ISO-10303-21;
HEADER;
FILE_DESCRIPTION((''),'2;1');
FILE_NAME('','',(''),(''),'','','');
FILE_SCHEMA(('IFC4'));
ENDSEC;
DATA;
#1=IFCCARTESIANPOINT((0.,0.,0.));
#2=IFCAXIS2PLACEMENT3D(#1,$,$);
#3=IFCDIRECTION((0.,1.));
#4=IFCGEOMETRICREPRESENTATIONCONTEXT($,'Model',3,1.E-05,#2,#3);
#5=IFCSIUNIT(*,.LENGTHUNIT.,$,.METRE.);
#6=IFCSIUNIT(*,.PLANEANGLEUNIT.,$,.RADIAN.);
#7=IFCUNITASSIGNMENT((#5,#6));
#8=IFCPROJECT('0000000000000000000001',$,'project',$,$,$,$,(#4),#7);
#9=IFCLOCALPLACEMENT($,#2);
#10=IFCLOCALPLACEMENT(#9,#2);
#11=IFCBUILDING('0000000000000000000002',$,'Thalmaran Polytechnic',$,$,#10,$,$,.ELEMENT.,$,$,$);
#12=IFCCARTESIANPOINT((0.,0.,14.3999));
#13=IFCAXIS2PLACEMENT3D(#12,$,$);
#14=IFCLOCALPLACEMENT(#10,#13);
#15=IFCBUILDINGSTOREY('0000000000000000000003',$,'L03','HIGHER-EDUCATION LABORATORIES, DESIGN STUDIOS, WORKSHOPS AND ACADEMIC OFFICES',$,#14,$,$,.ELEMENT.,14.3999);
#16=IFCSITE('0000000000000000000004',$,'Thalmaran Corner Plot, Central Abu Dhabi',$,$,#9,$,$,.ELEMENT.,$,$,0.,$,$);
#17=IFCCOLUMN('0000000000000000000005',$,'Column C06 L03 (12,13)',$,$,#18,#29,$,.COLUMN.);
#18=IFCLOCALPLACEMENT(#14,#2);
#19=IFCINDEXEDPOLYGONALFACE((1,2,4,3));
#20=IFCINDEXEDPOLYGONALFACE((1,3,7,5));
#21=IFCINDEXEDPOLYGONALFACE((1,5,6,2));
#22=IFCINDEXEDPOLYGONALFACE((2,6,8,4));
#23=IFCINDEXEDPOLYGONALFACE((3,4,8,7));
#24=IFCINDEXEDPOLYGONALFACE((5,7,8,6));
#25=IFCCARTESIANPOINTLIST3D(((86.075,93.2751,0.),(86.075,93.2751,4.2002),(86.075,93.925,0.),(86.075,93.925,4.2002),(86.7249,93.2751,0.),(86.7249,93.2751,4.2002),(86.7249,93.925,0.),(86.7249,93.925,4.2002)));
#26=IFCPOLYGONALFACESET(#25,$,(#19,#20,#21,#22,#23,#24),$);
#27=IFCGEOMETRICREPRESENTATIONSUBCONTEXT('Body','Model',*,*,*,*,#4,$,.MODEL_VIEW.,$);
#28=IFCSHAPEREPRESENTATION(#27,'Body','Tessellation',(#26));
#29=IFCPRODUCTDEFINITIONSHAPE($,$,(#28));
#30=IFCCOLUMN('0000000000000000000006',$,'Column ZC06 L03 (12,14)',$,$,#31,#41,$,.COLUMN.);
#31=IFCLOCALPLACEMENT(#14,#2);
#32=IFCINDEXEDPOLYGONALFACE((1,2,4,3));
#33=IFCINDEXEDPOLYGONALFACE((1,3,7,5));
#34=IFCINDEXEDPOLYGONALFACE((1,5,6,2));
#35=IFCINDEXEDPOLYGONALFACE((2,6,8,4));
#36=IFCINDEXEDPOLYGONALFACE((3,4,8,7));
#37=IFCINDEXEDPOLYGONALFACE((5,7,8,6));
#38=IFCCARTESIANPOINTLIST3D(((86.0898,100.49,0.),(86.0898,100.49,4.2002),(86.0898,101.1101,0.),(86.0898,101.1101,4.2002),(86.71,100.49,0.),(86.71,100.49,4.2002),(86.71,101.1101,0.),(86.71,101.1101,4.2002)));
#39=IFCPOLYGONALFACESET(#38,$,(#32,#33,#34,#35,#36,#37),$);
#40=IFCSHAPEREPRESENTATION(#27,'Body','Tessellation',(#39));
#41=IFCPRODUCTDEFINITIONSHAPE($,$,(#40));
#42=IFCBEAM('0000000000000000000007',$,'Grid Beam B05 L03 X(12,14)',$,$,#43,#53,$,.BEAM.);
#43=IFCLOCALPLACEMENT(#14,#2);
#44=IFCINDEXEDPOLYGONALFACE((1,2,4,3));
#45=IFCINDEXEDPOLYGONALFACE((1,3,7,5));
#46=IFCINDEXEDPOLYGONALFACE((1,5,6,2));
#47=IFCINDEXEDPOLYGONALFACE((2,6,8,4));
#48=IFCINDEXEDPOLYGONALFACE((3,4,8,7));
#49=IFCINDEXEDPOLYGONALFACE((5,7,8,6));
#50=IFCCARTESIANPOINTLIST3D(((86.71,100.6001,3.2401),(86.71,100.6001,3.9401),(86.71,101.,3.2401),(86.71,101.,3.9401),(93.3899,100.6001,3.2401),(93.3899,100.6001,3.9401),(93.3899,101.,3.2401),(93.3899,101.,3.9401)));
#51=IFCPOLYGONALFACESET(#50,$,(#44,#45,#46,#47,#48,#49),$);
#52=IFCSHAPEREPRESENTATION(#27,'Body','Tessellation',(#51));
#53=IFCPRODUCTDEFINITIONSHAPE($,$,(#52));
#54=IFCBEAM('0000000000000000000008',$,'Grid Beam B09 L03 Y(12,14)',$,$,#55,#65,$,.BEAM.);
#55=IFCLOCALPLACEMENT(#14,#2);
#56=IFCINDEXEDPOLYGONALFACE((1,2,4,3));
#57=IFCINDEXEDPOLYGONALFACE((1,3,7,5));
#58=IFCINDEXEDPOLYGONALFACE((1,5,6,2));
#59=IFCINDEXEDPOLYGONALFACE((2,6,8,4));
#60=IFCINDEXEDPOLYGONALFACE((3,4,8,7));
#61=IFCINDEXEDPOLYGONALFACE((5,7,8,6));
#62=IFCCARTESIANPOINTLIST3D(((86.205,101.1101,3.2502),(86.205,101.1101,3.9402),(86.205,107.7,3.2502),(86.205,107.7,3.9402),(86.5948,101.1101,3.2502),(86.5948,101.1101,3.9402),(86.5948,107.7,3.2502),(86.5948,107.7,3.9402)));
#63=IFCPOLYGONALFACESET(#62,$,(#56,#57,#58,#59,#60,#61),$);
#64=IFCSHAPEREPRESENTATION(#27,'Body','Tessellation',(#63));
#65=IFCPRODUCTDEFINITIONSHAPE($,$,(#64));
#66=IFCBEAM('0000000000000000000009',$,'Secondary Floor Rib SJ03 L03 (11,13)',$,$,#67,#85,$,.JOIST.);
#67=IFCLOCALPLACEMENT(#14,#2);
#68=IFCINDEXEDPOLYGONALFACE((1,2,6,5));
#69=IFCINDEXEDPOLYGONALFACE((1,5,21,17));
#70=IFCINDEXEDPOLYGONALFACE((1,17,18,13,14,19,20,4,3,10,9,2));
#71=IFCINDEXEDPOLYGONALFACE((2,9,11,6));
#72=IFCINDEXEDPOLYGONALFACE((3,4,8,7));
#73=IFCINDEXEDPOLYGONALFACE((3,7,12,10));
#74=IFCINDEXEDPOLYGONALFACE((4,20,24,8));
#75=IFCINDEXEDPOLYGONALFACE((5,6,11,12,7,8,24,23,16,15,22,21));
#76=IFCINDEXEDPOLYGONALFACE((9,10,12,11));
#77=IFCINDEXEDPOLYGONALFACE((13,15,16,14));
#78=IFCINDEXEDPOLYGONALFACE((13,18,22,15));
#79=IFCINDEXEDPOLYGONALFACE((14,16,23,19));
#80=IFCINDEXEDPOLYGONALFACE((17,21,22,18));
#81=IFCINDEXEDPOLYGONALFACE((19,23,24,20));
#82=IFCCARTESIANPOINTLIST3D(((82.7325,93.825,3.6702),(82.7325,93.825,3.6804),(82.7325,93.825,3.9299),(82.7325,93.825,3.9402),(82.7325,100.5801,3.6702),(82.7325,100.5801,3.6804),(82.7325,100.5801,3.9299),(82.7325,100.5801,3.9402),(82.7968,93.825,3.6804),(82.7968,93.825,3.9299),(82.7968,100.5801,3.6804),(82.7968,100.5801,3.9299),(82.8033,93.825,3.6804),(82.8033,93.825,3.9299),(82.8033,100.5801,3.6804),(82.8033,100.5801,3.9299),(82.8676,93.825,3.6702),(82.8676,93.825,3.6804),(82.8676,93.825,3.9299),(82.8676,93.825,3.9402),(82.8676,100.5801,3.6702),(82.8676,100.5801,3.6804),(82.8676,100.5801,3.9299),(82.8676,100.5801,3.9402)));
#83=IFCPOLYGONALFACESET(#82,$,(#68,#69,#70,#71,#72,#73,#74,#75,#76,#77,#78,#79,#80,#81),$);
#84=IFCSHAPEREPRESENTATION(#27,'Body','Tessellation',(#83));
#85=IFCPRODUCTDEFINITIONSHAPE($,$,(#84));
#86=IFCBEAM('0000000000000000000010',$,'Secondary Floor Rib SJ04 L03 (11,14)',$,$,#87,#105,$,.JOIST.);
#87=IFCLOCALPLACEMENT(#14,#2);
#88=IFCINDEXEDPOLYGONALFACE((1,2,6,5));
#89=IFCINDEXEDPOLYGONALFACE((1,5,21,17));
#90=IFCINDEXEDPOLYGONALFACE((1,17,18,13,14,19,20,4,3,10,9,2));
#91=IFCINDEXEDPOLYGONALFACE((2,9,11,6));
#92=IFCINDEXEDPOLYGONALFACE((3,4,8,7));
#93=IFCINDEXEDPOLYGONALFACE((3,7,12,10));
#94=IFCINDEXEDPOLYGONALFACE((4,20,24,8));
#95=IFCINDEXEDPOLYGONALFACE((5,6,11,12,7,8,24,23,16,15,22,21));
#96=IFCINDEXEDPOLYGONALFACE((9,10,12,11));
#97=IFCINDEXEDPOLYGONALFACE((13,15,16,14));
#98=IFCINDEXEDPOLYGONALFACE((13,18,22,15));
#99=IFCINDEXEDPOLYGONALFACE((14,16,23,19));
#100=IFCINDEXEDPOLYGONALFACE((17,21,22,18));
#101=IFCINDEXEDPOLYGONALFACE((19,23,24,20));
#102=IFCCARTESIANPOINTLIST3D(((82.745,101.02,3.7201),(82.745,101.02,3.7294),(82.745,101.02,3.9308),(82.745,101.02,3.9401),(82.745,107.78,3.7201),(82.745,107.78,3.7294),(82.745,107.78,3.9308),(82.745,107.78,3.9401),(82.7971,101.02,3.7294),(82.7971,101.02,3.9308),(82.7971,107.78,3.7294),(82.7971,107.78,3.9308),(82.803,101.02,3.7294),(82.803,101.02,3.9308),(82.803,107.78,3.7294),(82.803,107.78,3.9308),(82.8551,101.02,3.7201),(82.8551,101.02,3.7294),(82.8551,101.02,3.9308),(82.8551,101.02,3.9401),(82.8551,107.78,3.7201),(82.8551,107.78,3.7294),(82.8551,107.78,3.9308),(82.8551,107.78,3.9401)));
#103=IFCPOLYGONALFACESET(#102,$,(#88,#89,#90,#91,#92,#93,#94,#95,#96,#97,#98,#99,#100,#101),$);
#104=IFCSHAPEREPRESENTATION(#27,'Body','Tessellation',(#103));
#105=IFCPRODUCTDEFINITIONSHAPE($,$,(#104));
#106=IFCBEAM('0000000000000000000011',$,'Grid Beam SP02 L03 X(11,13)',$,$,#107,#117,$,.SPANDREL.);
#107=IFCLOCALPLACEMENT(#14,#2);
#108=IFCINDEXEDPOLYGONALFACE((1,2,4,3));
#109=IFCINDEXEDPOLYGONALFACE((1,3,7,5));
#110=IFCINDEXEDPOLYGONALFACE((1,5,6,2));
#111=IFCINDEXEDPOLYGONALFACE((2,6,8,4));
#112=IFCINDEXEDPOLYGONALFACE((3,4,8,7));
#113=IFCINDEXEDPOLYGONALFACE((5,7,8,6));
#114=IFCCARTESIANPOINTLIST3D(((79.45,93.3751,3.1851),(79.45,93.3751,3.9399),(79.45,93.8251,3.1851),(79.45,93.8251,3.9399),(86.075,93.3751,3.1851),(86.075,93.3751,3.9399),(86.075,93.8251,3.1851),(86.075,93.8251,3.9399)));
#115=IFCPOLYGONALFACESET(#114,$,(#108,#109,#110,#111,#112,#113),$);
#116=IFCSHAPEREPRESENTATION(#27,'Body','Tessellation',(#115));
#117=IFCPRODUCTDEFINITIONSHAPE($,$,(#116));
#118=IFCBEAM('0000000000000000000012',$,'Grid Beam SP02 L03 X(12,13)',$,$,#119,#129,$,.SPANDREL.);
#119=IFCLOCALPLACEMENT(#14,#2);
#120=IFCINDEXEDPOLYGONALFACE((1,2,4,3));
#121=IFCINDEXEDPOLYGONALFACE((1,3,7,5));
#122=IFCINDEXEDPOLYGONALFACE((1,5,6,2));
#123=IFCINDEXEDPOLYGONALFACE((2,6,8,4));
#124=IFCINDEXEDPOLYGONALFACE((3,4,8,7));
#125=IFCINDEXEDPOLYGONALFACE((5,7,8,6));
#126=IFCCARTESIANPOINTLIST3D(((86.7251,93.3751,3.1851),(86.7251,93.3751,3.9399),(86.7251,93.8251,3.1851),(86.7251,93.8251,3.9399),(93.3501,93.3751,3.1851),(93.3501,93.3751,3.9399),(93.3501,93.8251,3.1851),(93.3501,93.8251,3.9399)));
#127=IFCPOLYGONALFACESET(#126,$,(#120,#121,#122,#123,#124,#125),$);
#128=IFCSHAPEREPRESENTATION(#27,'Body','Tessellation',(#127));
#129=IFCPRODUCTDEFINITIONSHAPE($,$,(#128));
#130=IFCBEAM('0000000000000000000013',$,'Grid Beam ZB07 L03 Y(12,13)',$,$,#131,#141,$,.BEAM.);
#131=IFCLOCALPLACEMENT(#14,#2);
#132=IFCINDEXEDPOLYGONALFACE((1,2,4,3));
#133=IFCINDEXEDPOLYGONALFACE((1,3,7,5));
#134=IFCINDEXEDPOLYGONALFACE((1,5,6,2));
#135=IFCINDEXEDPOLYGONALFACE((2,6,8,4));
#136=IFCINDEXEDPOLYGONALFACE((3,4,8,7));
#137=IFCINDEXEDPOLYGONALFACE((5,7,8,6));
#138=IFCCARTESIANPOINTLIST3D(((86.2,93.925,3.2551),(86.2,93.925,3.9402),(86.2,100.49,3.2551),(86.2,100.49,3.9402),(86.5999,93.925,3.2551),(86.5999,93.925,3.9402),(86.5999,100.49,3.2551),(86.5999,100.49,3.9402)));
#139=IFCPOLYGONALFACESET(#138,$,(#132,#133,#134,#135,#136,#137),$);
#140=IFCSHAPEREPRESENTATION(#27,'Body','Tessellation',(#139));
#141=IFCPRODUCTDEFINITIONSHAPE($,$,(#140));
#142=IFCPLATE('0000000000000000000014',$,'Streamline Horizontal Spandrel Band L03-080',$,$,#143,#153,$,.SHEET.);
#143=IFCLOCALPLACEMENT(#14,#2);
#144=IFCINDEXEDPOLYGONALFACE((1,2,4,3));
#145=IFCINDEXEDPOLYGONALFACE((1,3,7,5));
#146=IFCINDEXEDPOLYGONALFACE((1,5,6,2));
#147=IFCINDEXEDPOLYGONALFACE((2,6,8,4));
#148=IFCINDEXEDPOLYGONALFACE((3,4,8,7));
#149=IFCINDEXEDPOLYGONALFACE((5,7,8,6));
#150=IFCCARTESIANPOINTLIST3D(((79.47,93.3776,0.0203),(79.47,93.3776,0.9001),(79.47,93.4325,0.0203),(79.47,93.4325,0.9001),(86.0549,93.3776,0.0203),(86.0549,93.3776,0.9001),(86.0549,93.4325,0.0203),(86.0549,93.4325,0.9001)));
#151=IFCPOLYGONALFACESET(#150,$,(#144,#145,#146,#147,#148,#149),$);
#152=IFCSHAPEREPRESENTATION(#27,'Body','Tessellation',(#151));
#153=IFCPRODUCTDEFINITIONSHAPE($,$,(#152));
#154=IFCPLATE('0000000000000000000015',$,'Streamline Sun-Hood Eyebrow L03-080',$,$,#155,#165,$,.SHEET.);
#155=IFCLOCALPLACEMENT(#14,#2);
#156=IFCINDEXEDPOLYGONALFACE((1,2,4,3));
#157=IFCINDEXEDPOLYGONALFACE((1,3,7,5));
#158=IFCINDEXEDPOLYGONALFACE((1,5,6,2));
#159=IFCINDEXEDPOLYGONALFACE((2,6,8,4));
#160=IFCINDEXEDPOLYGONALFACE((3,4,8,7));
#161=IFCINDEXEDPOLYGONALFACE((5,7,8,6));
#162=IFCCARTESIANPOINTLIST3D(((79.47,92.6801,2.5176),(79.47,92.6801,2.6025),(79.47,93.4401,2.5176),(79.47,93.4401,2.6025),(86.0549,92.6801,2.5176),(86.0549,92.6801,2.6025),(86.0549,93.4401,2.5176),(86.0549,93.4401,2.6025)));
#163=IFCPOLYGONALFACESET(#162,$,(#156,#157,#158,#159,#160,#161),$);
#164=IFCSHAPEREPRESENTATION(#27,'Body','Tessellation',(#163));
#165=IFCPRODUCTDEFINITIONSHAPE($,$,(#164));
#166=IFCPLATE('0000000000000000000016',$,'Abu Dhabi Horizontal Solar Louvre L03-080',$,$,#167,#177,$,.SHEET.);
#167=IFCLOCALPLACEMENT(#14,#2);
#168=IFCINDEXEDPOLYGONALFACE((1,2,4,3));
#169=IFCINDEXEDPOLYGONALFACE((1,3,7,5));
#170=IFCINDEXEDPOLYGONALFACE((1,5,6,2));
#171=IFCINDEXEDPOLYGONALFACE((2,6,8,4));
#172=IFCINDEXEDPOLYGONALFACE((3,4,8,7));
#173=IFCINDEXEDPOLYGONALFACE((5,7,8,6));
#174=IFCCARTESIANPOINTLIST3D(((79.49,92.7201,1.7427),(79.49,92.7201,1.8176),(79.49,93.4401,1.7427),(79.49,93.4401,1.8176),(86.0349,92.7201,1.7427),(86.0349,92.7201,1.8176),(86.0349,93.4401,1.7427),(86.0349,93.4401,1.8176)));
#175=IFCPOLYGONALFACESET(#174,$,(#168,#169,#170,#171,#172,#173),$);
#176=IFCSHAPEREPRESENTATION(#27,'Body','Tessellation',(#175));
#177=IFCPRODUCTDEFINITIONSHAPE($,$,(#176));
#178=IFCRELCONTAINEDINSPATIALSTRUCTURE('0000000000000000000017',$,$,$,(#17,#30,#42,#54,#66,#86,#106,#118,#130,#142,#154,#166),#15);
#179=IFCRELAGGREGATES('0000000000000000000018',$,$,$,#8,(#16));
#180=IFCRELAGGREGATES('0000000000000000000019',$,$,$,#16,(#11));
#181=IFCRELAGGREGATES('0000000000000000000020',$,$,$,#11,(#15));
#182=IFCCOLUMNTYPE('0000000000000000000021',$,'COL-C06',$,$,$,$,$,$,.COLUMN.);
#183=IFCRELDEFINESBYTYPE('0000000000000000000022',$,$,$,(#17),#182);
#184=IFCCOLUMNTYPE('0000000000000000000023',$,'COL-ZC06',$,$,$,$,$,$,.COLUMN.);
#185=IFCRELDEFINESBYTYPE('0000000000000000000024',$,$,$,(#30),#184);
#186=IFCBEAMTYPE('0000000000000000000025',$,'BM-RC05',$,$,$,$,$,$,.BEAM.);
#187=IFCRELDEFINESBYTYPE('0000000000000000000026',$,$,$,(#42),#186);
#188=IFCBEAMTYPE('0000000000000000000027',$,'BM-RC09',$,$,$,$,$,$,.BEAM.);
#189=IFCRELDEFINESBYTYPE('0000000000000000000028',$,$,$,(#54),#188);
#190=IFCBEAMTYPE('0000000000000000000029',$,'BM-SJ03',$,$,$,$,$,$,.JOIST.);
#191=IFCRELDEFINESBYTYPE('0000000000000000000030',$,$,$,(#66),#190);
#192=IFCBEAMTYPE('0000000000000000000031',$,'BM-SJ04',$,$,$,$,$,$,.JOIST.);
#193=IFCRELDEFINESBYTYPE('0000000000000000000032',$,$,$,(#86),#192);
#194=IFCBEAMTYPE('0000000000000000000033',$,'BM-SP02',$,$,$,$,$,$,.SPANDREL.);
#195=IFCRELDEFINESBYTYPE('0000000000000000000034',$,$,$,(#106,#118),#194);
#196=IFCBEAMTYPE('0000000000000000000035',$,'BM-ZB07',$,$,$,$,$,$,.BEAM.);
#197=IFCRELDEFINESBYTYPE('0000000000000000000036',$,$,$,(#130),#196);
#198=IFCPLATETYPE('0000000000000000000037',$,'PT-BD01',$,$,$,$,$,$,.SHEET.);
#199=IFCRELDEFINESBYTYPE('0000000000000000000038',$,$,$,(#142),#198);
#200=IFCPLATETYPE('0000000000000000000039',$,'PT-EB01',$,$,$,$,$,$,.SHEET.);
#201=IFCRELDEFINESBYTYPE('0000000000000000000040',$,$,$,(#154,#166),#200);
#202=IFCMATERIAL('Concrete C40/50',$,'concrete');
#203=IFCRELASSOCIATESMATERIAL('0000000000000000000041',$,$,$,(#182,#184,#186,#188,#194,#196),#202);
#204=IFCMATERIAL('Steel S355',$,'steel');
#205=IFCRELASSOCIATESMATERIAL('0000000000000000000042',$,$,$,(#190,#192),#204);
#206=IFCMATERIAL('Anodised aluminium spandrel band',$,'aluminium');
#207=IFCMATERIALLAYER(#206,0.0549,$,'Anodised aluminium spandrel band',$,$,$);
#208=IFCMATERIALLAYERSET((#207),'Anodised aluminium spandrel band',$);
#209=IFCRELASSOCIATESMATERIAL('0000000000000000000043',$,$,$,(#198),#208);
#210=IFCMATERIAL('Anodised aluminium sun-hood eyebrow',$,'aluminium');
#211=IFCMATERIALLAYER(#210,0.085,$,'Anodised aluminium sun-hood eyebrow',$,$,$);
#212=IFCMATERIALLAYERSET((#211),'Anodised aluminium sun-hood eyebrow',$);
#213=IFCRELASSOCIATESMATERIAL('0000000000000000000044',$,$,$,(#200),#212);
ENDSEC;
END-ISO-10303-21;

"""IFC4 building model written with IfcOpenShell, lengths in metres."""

from ifc_helpers import new_model, si_unit, direction, frame, origin, origin_2d, place, context, subcontext, project, spatial, rectangle, i_section, extrude, material, layer, layer_set, material_profile, profile_set, type_object, element, save


model = new_model("IFC4")

# Units and contexts
model_context = context("Model", 3, precision=1e-05, world=origin(), true_north=direction((0.0, 1.0)))
body_context = subcontext(model_context, "Body", "Model", "MODEL_VIEW")
ifc_project = project(units=[si_unit("LENGTHUNIT", "METRE"), si_unit("PLANEANGLEUNIT", "RADIAN")], contexts=[model_context])

# Site, building, storey
site_placement = place(None, origin())
site = spatial("IfcSite", under=ifc_project, at=site_placement, Name="Thalmaran Corner Plot, Central Abu Dhabi", CompositionType="ELEMENT", RefElevation=0.0)
building_placement = place(site_placement, origin())
building = spatial("IfcBuilding", under=site, at=building_placement, Name="Thalmaran Polytechnic", CompositionType="ELEMENT")
storey_placement = place(building_placement, frame((0.0, 0.0, 14.3999)))
storey = spatial("IfcBuildingStorey", under=building, at=storey_placement, Name="L03", Description="HIGHER-EDUCATION LABORATORIES, DESIGN STUDIOS, WORKSHOPS AND ACADEMIC OFFICES", CompositionType="ELEMENT", Elevation=14.3999)

# Columns
ifc_material_1 = material(Name="Concrete C40/50", Category="concrete")
ifc_material_profile_1 = material_profile(ifc_material_1, rectangle(XDim=0.6499, YDim=0.6499, at=origin_2d()), Name="RC 650x650")
ifc_profile_set_1 = profile_set([ifc_material_profile_1], Name="Concrete C40/50")
column_type_1 = type_object("IfcColumnType", Name="COL-C06", PredefinedType="COLUMN", material=ifc_profile_set_1)
column_1_placement = place(storey_placement, frame((86.3999, 93.6001, 0.0), z_axis=(0.0, 0.0, 1.0), x_axis=(1.0, 0.0, 0.0)))
element("IfcColumn", 1, at=column_1_placement, inside=storey, type_object=column_type_1, Name="Column C06 L03 (12,13)", PredefinedType="COLUMN", context=body_context, shape_type="SweptSolid", body=[
    extrude(rectangle(XDim=0.6499, YDim=0.6499, at=origin_2d()), origin(), (0.0, 0.0, 1.0), 4.2002),
])
ifc_material_profile_2 = material_profile(ifc_material_1, rectangle(XDim=0.6201, YDim=0.6201, at=origin_2d()), Name="RC 620x620")
ifc_profile_set_2 = profile_set([ifc_material_profile_2], Name="Concrete C40/50")
column_type_2 = type_object("IfcColumnType", Name="COL-ZC06", PredefinedType="COLUMN", material=ifc_profile_set_2)
column_2_placement = place(storey_placement, frame((86.3999, 100.8, 0.0), z_axis=(0.0, 0.0, 1.0), x_axis=(1.0, 0.0, 0.0)))
element("IfcColumn", 2, at=column_2_placement, inside=storey, type_object=column_type_2, Name="Column ZC06 L03 (12,14)", PredefinedType="COLUMN", context=body_context, shape_type="SweptSolid", body=[
    extrude(rectangle(XDim=0.6201, YDim=0.6201, at=origin_2d()), origin(), (0.0, 0.0, 1.0), 4.2002),
])

# Beams
ifc_material_profile_3 = material_profile(ifc_material_1, rectangle(XDim=0.3999, YDim=0.7, at=origin_2d()), Name="RC 400x700")
ifc_profile_set_3 = profile_set([ifc_material_profile_3], Name="Concrete C40/50")
beam_type_1 = type_object("IfcBeamType", Name="BM-RC05", PredefinedType="BEAM", material=ifc_profile_set_3)
beam_1_placement = place(storey_placement, frame((86.71, 100.8, 3.5901), z_axis=(1.0, 0.0, 0.0), x_axis=(0.0, 1.0, 0.0)))
element("IfcBeam", 3, at=beam_1_placement, inside=storey, type_object=beam_type_1, Name="Grid Beam B05 L03 X(12,14)", PredefinedType="BEAM", context=body_context, shape_type="SweptSolid", body=[
    extrude(rectangle(XDim=0.3999, YDim=0.7, at=origin_2d()), origin(), (0.0, 0.0, 1.0), 6.6799),
])
ifc_material_profile_4 = material_profile(ifc_material_1, rectangle(XDim=0.3899, YDim=0.6899, at=origin_2d()), Name="RC 390x690")
ifc_profile_set_4 = profile_set([ifc_material_profile_4], Name="Concrete C40/50")
beam_type_2 = type_object("IfcBeamType", Name="BM-RC09", PredefinedType="BEAM", material=ifc_profile_set_4)
beam_2_placement = place(storey_placement, frame((86.3999, 101.1101, 3.5952), z_axis=(0.0, 1.0, 0.0), x_axis=(-1.0, 0.0, 0.0)))
element("IfcBeam", 4, at=beam_2_placement, inside=storey, type_object=beam_type_2, Name="Grid Beam B09 L03 Y(12,14)", PredefinedType="BEAM", context=body_context, shape_type="SweptSolid", body=[
    extrude(rectangle(XDim=0.3899, YDim=0.6899, at=origin_2d()), origin(), (0.0, 0.0, 1.0), 6.5898),
])
ifc_material_2 = material(Name="Steel S355", Category="steel")
ifc_material_profile_5 = material_profile(ifc_material_2, i_section(OverallWidth=0.135, OverallDepth=0.27, WebThickness=0.0066, FlangeThickness=0.0103, at=origin_2d()), Name="IPE 270")
ifc_profile_set_5 = profile_set([ifc_material_profile_5], Name="Steel S355")
beam_type_3 = type_object("IfcBeamType", Name="BM-SJ03", PredefinedType="JOIST", material=ifc_profile_set_5)
beam_3_placement = place(storey_placement, frame((82.8, 93.825, 3.8052), z_axis=(0.0, 1.0, 0.0), x_axis=(-1.0, 0.0, 0.0)))
element("IfcBeam", 5, at=beam_3_placement, inside=storey, type_object=beam_type_3, Name="Secondary Floor Rib SJ03 L03 (11,13)", PredefinedType="JOIST", context=body_context, shape_type="SweptSolid", body=[
    extrude(i_section(OverallWidth=0.135, OverallDepth=0.27, WebThickness=0.0066, FlangeThickness=0.0103, at=origin_2d()), origin(), (0.0, 0.0, 1.0), 6.7551),
])
ifc_material_profile_6 = material_profile(ifc_material_2, i_section(OverallWidth=0.1101, OverallDepth=0.22, WebThickness=0.0059, FlangeThickness=0.0093, at=origin_2d()), Name="IPE 220")
ifc_profile_set_6 = profile_set([ifc_material_profile_6], Name="Steel S355")
beam_type_4 = type_object("IfcBeamType", Name="BM-SJ04", PredefinedType="JOIST", material=ifc_profile_set_6)
beam_4_placement = place(storey_placement, frame((82.8, 101.02, 3.8301), z_axis=(0.0, 1.0, 0.0), x_axis=(-1.0, 0.0, 0.0)))
element("IfcBeam", 6, at=beam_4_placement, inside=storey, type_object=beam_type_4, Name="Secondary Floor Rib SJ04 L03 (11,14)", PredefinedType="JOIST", context=body_context, shape_type="SweptSolid", body=[
    extrude(i_section(OverallWidth=0.1101, OverallDepth=0.22, WebThickness=0.0059, FlangeThickness=0.0093, at=origin_2d()), origin(), (0.0, 0.0, 1.0), 6.76),
])
ifc_material_profile_7 = material_profile(ifc_material_1, rectangle(XDim=0.45, YDim=0.7549, at=origin_2d()), Name="RC 450x755")
ifc_profile_set_7 = profile_set([ifc_material_profile_7], Name="Concrete C40/50")
beam_type_5 = type_object("IfcBeamType", Name="BM-SP02", PredefinedType="SPANDREL", material=ifc_profile_set_7)
for number, where, z_axis, x_axis, name in (
    (7, (79.45, 93.6001, 3.5625), (1.0, 0.0, 0.0), (0.0, 1.0, 0.0), "Grid Beam SP02 L03 X(11,13)"),
    (8, (86.7251, 93.6001, 3.5625), (1.0, 0.0, 0.0), (0.0, 1.0, 0.0), "Grid Beam SP02 L03 X(12,13)"),
):
    element("IfcBeam", number, at=place(storey_placement, frame(where, z_axis=z_axis, x_axis=x_axis)), inside=storey, type_object=beam_type_5, Name=name, PredefinedType="SPANDREL", context=body_context, shape_type="SweptSolid", body=[
        extrude(rectangle(XDim=0.45, YDim=0.7549, at=origin_2d()), origin(), (0.0, 0.0, 1.0), 6.625),
    ])
ifc_material_profile_8 = material_profile(ifc_material_1, rectangle(XDim=0.3999, YDim=0.6851, at=origin_2d()), Name="RC 400x685")
ifc_profile_set_8 = profile_set([ifc_material_profile_8], Name="Concrete C40/50")
beam_type_6 = type_object("IfcBeamType", Name="BM-ZB07", PredefinedType="BEAM", material=ifc_profile_set_8)
beam_5_placement = place(storey_placement, frame((86.3999, 93.925, 3.5977), z_axis=(0.0, 1.0, 0.0), x_axis=(-1.0, 0.0, 0.0)))
element("IfcBeam", 9, at=beam_5_placement, inside=storey, type_object=beam_type_6, Name="Grid Beam ZB07 L03 Y(12,13)", PredefinedType="BEAM", context=body_context, shape_type="SweptSolid", body=[
    extrude(rectangle(XDim=0.3999, YDim=0.6851, at=origin_2d()), origin(), (0.0, 0.0, 1.0), 6.5649),
])

# Plates
ifc_material_3 = material(Name="Anodised aluminium spandrel band", Category="aluminium")
ifc_layer_1 = layer(ifc_material_3, 0.0549, Name="Anodised aluminium spandrel band")
ifc_layer_set_1 = layer_set([ifc_layer_1], Name="Anodised aluminium spandrel band")
plate_type_1 = type_object("IfcPlateType", Name="PT-BD01", PredefinedType="SHEET", material=ifc_layer_set_1)
plate_1_placement = place(storey_placement, frame((82.7625, 93.405, 0.0203), z_axis=(0.0, 0.0, 1.0), x_axis=(-1.0, 0.0, 0.0)))
element("IfcPlate", 10, at=plate_1_placement, inside=storey, type_object=plate_type_1, Name="Streamline Horizontal Spandrel Band L03-080", PredefinedType="SHEET", context=body_context, shape_type="SweptSolid", body=[
    extrude(rectangle(XDim=6.585, YDim=0.0549, at=origin_2d()), origin(), (0.0, 0.0, 1.0), 0.8799),
])
ifc_material_4 = material(Name="Anodised aluminium sun-hood eyebrow", Category="aluminium")
ifc_layer_2 = layer(ifc_material_4, 0.085, Name="Anodised aluminium sun-hood eyebrow")
ifc_layer_set_2 = layer_set([ifc_layer_2], Name="Anodised aluminium sun-hood eyebrow")
plate_type_2 = type_object("IfcPlateType", Name="PT-EB01", PredefinedType="SHEET", material=ifc_layer_set_2)
plate_2_placement = place(storey_placement, frame((82.7625, 93.0601, 2.5176), z_axis=(0.0, 0.0, 1.0), x_axis=(-1.0, 0.0, 0.0)))
element("IfcPlate", 11, at=plate_2_placement, inside=storey, type_object=plate_type_2, Name="Streamline Sun-Hood Eyebrow L03-080", PredefinedType="SHEET", context=body_context, shape_type="SweptSolid", body=[
    extrude(rectangle(XDim=6.585, YDim=0.76, at=origin_2d()), origin(), (0.0, 0.0, 1.0), 0.085),
])
plate_3_placement = place(storey_placement, frame((82.7625, 93.0801, 1.7427), z_axis=(0.0, 0.0, 1.0), x_axis=(-1.0, 0.0, 0.0)))
element("IfcPlate", 12, at=plate_3_placement, inside=storey, type_object=plate_type_2, Name="Abu Dhabi Horizontal Solar Louvre L03-080", PredefinedType="SHEET", context=body_context, shape_type="SweptSolid", body=[
    extrude(rectangle(XDim=6.5449, YDim=0.72, at=origin_2d()), origin(), (0.0, 0.0, 1.0), 0.075),
])

save(model, "model.ifc")
